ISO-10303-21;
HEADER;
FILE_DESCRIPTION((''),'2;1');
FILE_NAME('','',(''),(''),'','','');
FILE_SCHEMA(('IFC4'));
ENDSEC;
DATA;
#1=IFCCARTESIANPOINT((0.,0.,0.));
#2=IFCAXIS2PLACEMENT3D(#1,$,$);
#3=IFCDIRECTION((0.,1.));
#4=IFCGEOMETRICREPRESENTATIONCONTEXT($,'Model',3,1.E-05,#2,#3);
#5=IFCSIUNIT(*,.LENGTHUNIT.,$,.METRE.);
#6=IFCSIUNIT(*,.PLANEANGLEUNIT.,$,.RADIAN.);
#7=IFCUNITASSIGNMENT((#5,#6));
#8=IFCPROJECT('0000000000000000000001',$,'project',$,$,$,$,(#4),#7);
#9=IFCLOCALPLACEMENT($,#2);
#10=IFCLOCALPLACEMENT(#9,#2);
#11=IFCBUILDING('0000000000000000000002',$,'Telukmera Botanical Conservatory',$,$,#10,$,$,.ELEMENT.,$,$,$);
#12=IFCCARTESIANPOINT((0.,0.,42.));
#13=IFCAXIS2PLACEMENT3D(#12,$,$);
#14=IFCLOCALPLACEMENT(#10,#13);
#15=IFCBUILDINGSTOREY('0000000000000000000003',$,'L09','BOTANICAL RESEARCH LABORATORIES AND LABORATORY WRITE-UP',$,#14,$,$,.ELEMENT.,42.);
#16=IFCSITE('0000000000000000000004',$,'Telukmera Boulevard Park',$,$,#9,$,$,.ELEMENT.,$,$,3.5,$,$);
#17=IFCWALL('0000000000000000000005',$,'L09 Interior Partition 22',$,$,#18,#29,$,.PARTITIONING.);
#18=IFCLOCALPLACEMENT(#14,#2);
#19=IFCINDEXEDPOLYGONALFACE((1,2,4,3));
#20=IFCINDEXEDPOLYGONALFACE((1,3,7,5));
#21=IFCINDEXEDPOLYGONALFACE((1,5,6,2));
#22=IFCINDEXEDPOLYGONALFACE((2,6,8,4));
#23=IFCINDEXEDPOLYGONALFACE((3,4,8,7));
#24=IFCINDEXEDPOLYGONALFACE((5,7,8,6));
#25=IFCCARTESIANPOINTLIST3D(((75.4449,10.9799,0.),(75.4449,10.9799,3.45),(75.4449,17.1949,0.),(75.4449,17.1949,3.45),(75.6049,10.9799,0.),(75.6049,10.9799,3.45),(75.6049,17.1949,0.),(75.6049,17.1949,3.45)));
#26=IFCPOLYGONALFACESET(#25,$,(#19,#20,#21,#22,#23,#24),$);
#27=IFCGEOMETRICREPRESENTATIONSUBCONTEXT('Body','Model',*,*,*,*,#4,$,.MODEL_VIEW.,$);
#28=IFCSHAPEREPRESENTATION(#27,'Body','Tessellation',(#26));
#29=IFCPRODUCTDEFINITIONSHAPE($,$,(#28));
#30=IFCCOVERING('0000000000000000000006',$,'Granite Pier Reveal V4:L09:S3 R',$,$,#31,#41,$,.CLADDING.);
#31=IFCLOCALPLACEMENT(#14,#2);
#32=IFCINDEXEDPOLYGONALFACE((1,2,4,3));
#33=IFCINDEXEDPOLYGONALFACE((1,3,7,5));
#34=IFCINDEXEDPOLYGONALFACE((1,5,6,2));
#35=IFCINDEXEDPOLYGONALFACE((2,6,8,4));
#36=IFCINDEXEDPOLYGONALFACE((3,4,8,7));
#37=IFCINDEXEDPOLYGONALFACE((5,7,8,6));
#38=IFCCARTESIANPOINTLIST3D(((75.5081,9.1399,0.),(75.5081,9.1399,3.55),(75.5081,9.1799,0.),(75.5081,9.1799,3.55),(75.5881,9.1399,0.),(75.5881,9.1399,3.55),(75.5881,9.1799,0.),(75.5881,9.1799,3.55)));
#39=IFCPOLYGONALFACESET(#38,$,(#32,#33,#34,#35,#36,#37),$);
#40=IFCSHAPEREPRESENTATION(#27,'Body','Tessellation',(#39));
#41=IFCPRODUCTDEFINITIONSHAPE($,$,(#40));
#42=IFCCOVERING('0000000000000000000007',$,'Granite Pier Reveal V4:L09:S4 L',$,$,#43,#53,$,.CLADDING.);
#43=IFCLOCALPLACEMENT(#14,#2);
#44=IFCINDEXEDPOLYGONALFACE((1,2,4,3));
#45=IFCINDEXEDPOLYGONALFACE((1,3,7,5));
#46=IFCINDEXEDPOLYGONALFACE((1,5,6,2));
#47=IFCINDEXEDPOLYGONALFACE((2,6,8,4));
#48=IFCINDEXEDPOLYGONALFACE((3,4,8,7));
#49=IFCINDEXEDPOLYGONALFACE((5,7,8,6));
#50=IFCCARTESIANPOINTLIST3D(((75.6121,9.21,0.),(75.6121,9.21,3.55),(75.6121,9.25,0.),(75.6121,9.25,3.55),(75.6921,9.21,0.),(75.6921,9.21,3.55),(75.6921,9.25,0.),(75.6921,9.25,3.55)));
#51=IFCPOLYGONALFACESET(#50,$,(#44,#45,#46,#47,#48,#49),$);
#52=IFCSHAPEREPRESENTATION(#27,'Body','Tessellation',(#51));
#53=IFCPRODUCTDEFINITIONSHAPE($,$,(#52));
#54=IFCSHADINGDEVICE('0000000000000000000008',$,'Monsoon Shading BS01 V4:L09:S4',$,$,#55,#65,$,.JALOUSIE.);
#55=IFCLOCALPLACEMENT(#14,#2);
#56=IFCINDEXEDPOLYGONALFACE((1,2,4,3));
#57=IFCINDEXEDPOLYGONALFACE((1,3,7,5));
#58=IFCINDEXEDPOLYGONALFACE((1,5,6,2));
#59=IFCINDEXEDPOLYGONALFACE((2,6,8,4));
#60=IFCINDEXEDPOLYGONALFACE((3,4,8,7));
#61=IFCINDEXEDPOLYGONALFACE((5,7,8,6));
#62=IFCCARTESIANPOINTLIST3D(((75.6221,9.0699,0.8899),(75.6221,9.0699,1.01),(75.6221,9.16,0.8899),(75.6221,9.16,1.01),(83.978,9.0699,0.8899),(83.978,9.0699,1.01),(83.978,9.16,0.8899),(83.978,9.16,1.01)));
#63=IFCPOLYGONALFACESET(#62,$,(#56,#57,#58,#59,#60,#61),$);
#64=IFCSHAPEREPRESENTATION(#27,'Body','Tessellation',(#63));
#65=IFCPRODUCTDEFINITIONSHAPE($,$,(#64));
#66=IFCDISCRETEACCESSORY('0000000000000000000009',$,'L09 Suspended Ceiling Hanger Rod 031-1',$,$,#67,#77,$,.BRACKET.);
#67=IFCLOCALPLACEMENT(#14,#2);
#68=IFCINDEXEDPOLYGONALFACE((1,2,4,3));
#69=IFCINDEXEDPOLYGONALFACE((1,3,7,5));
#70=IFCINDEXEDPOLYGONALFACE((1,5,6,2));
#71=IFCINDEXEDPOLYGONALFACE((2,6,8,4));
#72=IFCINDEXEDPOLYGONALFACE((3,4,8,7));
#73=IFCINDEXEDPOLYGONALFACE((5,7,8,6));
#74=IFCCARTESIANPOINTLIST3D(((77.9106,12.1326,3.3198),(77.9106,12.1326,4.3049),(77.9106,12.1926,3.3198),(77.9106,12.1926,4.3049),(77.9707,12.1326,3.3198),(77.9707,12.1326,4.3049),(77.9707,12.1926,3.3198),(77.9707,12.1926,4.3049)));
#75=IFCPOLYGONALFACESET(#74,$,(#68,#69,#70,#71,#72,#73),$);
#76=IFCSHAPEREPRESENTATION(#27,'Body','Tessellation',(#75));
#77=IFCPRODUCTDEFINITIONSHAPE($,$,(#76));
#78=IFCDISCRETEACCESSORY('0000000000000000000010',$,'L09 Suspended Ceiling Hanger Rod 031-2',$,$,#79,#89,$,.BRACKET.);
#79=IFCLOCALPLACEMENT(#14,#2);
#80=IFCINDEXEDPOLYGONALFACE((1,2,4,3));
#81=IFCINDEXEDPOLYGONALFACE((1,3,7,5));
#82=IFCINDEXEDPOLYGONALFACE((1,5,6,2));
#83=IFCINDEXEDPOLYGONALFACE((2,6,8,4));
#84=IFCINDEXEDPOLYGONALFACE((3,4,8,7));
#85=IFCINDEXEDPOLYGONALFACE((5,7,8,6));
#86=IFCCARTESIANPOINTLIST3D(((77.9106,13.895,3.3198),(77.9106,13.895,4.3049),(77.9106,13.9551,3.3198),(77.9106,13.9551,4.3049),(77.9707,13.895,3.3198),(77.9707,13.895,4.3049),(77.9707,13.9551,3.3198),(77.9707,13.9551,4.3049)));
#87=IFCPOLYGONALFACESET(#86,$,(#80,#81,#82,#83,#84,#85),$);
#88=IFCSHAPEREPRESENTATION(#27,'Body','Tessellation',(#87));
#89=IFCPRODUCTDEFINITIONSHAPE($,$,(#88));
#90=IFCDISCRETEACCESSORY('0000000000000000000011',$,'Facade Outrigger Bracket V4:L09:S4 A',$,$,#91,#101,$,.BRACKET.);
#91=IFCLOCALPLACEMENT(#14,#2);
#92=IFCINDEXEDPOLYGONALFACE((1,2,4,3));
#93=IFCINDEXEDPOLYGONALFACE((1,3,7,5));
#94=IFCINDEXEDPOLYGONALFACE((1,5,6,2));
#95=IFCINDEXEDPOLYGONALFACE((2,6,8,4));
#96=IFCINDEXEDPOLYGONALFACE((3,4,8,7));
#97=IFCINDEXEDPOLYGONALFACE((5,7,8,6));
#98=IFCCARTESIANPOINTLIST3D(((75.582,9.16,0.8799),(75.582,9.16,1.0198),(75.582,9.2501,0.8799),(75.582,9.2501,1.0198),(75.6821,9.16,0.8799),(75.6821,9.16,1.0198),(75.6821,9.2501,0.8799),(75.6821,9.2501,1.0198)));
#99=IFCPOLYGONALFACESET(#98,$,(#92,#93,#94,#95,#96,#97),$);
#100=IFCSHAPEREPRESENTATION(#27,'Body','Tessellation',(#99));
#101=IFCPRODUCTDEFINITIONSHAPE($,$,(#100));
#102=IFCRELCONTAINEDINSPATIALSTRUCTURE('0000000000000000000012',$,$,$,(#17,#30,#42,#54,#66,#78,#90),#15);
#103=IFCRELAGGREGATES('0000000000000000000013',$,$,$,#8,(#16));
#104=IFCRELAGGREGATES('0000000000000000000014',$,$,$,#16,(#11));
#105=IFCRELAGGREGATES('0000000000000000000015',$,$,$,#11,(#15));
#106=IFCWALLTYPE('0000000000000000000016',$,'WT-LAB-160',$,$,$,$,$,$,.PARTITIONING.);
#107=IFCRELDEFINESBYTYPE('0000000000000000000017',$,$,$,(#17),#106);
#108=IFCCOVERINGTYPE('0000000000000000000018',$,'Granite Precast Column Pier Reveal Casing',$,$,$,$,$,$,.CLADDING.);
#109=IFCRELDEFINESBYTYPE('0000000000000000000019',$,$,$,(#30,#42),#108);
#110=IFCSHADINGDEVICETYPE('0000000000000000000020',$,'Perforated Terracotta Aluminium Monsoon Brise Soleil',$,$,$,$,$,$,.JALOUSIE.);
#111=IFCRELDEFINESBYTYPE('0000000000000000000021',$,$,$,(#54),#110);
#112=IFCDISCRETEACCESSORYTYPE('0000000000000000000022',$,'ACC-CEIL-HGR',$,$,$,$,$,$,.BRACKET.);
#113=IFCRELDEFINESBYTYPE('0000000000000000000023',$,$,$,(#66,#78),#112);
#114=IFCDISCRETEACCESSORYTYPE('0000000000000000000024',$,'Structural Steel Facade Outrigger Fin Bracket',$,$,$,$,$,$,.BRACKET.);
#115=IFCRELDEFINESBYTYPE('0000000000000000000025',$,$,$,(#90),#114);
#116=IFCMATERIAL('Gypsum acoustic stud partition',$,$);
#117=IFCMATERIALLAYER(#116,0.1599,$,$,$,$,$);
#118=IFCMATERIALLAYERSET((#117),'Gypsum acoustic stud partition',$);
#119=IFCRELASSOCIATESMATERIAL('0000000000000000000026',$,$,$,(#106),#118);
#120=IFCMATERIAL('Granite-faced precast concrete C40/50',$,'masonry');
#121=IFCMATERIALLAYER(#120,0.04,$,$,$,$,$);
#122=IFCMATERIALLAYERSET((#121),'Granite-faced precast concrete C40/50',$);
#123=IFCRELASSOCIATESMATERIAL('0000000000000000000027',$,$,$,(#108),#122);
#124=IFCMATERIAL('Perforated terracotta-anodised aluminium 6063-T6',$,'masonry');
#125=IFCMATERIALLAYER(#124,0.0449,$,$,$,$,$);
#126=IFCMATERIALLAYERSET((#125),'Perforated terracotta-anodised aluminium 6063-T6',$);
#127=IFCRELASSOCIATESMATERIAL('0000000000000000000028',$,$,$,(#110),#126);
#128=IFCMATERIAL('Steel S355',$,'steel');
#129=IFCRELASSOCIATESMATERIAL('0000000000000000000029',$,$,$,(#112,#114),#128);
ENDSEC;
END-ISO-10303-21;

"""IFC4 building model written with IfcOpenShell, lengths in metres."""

from ifc_helpers import new_model, si_unit, direction, frame, frame_2d, origin, origin_2d, place, context, subcontext, project, spatial, rectangle, extrude, material, layer, layer_set, type_object, element, save


model = new_model("IFC4")

# Units and contexts
model_context = context("Model", 3, precision=1e-05, world=origin(), true_north=direction((0.0, 1.0)))
body_context = subcontext(model_context, "Body", "Model", "MODEL_VIEW")
ifc_project = project(units=[si_unit("LENGTHUNIT", "METRE"), si_unit("PLANEANGLEUNIT", "RADIAN")], contexts=[model_context])

# Site, building, storey
site_placement = place(None, origin())
site = spatial("IfcSite", under=ifc_project, at=site_placement, Name="Telukmera Boulevard Park", CompositionType="ELEMENT", RefElevation=3.5)
building_placement = place(site_placement, origin())
building = spatial("IfcBuilding", under=site, at=building_placement, Name="Telukmera Botanical Conservatory", CompositionType="ELEMENT")
storey_placement = place(building_placement, frame((0.0, 0.0, 42.0)))
storey = spatial("IfcBuildingStorey", under=building, at=storey_placement, Name="L09", Description="BOTANICAL RESEARCH LABORATORIES AND LABORATORY WRITE-UP", CompositionType="ELEMENT", Elevation=42.0)

# Wall
ifc_material_1 = material(Name="Gypsum acoustic stud partition")
ifc_layer_1 = layer(ifc_material_1, 0.1599)
ifc_layer_set_1 = layer_set([ifc_layer_1], Name="Gypsum acoustic stud partition")
wall_type = type_object("IfcWallType", Name="WT-LAB-160", PredefinedType="PARTITIONING", material=ifc_layer_set_1)
wall_placement = place(storey_placement, frame((75.5249, 10.98, 0.0), z_axis=(0.0, 0.0, 1.0), x_axis=(0.0, 1.0, 0.0)))
element("IfcWall", 1, at=wall_placement, inside=storey, type_object=wall_type, Name="L09 Interior Partition 22", PredefinedType="PARTITIONING", context=body_context, shape_type="SweptSolid", body=[
    extrude(rectangle(XDim=6.2151, YDim=0.1599, at=frame_2d((3.1074, 0.0))), origin(), (0.0, 0.0, 1.0), 3.45),
])

# Coverings
ifc_material_2 = material(Name="Granite-faced precast concrete C40/50", Category="masonry")
ifc_layer_2 = layer(ifc_material_2, 0.04)
ifc_layer_set_2 = layer_set([ifc_layer_2], Name="Granite-faced precast concrete C40/50")
covering_type = type_object("IfcCoveringType", Name="Granite Precast Column Pier Reveal Casing", PredefinedType="CLADDING", material=ifc_layer_set_2)
for number, where, z_axis, x_axis, name in (
    (2, (75.5481, 9.1599, 0.0), (0.0, 0.0, 1.0), (1.0, 0.0, 0.0), "Granite Pier Reveal V4:L09:S3 R"),
    (3, (75.6521, 9.23, 0.0), (0.0, 0.0, 1.0), (1.0, 0.0, 0.0), "Granite Pier Reveal V4:L09:S4 L"),
):
    element("IfcCovering", number, at=place(storey_placement, frame(where, z_axis=z_axis, x_axis=x_axis)), inside=storey, type_object=covering_type, Name=name, PredefinedType="CLADDING", context=body_context, shape_type="SweptSolid", body=[
        extrude(rectangle(XDim=0.0801, YDim=0.04, at=origin_2d()), origin(), (0.0, 0.0, 1.0), 3.55),
    ])

# Shading device
ifc_material_3 = material(Name="Perforated terracotta-anodised aluminium 6063-T6", Category="masonry")
ifc_layer_3 = layer(ifc_material_3, 0.0449)
ifc_layer_set_3 = layer_set([ifc_layer_3], Name="Perforated terracotta-anodised aluminium 6063-T6")
shading_device_type = type_object("IfcShadingDeviceType", Name="Perforated Terracotta Aluminium Monsoon Brise Soleil", PredefinedType="JALOUSIE", material=ifc_layer_set_3)
shading_device_placement = place(storey_placement, frame((79.8, 9.115, 0.8899), z_axis=(0.0, 0.0, 1.0), x_axis=(1.0, 0.0, 0.0)))
element("IfcShadingDevice", 4, at=shading_device_placement, inside=storey, type_object=shading_device_type, Name="Monsoon Shading BS01 V4:L09:S4", PredefinedType="JALOUSIE", context=body_context, shape_type="SweptSolid", body=[
    extrude(rectangle(XDim=8.356, YDim=0.0901, at=origin_2d()), origin(), (0.0, 0.0, 1.0), 0.1201),
])

# Discrete accessories
ifc_material_4 = material(Name="Steel S355", Category="steel")
discrete_accessory_type_1 = type_object("IfcDiscreteAccessoryType", Name="ACC-CEIL-HGR", PredefinedType="BRACKET", material=ifc_material_4)
for number, where, z_axis, x_axis, name in (
    (5, (77.9407, 12.1626, 3.3198), (0.0, 0.0, 1.0), (1.0, 0.0, 0.0), "L09 Suspended Ceiling Hanger Rod 031-1"),
    (6, (77.9407, 13.925, 3.3198), (0.0, 0.0, 1.0), (1.0, 0.0, 0.0), "L09 Suspended Ceiling Hanger Rod 031-2"),
):
    element("IfcDiscreteAccessory", number, at=place(storey_placement, frame(where, z_axis=z_axis, x_axis=x_axis)), inside=storey, type_object=discrete_accessory_type_1, Name=name, PredefinedType="BRACKET", context=body_context, shape_type="SweptSolid", body=[
        extrude(rectangle(XDim=0.0601, YDim=0.0601, at=origin_2d()), origin(), (0.0, 0.0, 1.0), 0.9851),
    ])
discrete_accessory_type_2 = type_object("IfcDiscreteAccessoryType", Name="Structural Steel Facade Outrigger Fin Bracket", PredefinedType="BRACKET", material=ifc_material_4)
discrete_accessory_placement = place(storey_placement, frame((75.6321, 9.2051, 0.8799), z_axis=(0.0, 0.0, 1.0), x_axis=(1.0, 0.0, 0.0)))
element("IfcDiscreteAccessory", 7, at=discrete_accessory_placement, inside=storey, type_object=discrete_accessory_type_2, Name="Facade Outrigger Bracket V4:L09:S4 A", PredefinedType="BRACKET", context=body_context, shape_type="SweptSolid", body=[
    extrude(rectangle(XDim=0.1001, YDim=0.0901, at=origin_2d()), origin(), (0.0, 0.0, 1.0), 0.1399),
])

save(model, "model.ifc")
